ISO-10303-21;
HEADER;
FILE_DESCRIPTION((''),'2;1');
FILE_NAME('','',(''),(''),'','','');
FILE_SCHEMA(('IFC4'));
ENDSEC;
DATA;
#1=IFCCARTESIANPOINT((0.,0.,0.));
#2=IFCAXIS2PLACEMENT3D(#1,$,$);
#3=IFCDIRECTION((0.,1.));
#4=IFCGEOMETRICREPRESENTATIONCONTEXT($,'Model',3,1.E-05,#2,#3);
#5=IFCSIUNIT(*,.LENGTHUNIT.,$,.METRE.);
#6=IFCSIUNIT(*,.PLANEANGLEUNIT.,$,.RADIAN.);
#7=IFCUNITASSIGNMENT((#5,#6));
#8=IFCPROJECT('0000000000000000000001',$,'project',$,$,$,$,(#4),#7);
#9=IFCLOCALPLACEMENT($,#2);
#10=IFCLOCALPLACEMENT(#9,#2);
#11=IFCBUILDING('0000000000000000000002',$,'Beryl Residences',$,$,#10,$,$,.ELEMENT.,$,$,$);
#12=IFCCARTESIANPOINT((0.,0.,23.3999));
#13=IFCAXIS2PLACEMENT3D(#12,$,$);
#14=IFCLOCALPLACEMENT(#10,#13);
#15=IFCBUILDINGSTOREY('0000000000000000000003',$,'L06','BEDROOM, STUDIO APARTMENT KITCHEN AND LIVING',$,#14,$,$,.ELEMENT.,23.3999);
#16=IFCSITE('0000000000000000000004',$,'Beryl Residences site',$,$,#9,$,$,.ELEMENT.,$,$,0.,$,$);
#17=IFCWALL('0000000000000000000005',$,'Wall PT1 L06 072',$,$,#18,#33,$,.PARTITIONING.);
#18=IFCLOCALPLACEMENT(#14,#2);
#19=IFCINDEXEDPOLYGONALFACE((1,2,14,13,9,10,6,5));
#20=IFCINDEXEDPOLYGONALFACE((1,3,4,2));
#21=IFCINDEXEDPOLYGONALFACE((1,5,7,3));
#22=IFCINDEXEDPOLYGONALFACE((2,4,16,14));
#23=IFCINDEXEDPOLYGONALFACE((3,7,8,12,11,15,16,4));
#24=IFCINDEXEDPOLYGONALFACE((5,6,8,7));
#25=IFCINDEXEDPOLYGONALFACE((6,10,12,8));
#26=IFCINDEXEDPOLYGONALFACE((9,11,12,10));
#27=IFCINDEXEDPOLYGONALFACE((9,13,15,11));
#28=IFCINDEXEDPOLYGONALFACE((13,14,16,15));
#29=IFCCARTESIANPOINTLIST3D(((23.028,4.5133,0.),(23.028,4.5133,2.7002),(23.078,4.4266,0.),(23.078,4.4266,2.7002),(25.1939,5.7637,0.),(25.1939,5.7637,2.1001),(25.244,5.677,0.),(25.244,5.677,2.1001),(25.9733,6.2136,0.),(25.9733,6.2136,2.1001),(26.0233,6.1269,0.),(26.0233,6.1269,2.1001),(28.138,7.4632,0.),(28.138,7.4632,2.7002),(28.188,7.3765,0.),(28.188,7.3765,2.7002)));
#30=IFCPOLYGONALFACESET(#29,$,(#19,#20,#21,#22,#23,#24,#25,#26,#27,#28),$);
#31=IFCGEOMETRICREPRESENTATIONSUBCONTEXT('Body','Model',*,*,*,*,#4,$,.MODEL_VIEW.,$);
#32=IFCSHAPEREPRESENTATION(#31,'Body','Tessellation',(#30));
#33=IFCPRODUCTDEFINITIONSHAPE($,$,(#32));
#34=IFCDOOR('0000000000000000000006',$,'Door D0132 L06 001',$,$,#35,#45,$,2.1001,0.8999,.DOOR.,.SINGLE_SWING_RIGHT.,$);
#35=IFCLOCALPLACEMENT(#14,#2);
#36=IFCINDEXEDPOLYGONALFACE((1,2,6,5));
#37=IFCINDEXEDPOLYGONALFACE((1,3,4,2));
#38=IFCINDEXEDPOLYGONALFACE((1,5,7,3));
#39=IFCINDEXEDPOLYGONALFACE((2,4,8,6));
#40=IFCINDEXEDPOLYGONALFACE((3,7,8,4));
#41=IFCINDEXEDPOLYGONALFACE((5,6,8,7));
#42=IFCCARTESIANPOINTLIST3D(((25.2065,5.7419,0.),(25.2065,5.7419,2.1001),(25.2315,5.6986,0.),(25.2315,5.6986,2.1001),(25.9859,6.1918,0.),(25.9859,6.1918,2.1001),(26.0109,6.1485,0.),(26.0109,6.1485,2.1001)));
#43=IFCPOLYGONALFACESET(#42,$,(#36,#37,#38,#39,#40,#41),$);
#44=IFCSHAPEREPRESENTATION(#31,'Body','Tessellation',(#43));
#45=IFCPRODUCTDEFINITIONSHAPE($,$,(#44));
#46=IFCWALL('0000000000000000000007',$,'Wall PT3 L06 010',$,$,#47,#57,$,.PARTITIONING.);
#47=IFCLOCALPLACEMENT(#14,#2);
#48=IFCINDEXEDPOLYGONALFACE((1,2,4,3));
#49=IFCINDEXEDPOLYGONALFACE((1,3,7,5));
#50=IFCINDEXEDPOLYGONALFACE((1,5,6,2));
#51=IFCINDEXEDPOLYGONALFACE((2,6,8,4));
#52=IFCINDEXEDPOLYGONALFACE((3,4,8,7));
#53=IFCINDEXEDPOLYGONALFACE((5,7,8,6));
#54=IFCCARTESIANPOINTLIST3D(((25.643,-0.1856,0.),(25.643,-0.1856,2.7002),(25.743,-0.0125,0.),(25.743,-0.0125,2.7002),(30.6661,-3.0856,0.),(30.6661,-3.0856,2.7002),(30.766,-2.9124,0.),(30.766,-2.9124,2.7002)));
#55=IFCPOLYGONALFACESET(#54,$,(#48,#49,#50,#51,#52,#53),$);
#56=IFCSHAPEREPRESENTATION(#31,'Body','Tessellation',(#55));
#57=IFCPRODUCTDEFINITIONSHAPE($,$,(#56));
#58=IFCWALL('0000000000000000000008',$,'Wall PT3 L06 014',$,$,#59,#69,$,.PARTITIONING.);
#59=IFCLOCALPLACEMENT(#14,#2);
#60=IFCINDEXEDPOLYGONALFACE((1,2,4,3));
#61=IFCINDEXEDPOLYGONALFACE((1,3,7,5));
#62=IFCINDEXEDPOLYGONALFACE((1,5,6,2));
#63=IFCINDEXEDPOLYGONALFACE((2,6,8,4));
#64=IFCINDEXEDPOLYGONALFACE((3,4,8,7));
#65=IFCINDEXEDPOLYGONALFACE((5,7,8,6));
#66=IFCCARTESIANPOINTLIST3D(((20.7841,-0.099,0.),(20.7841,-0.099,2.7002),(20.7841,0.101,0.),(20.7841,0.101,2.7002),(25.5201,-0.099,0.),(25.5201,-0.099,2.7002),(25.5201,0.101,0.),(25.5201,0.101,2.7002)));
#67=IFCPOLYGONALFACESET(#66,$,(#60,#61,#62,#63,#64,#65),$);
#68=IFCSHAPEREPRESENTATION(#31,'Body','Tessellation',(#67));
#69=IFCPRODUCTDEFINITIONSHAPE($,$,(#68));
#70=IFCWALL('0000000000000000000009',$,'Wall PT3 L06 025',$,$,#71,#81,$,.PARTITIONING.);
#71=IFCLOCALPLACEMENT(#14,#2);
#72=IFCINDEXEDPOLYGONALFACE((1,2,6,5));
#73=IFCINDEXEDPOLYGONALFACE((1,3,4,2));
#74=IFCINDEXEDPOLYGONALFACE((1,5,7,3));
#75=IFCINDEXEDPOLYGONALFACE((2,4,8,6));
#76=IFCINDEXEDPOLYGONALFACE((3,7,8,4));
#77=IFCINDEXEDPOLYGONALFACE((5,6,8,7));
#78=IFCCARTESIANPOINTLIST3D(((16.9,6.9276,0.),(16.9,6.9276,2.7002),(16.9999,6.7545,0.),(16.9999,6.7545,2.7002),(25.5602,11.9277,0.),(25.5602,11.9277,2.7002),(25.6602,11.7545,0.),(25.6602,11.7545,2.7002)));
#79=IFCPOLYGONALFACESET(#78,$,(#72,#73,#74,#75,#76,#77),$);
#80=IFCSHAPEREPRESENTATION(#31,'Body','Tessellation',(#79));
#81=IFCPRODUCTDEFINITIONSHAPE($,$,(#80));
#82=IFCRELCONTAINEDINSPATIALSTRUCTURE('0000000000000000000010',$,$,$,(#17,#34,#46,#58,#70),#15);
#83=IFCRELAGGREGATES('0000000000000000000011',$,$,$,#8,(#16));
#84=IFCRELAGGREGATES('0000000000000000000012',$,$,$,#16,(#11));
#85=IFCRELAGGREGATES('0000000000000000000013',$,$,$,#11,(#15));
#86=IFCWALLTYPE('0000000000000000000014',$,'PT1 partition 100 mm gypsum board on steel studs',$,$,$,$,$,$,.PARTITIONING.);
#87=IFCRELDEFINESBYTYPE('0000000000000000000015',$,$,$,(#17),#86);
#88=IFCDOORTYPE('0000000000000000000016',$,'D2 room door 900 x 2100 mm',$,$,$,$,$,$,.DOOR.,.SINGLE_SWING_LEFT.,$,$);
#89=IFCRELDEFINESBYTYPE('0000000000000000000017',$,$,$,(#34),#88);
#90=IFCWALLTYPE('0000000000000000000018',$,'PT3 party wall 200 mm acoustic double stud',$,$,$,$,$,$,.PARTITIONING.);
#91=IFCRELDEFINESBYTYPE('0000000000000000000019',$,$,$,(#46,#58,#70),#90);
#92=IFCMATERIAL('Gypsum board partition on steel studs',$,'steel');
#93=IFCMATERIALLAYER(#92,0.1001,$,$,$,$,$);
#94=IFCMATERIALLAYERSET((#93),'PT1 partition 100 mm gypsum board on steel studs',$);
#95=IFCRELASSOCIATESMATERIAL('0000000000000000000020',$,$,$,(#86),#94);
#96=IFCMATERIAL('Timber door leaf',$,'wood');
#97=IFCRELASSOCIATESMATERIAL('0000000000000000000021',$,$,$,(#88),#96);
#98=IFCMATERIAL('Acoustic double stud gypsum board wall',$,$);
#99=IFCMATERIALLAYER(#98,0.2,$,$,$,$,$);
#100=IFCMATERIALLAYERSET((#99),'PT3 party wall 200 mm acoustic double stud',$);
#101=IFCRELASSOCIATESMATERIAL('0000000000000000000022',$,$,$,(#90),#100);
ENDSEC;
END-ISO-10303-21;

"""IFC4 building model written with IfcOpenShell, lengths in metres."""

from ifc_helpers import new_model, si_unit, direction, frame, frame_2d, origin, place, context, subcontext, project, spatial, rectangle, extrude, material, layer, layer_set, type_object, element, fill, save


model = new_model("IFC4")

# Units and contexts
model_context = context("Model", 3, precision=1e-05, world=origin(), true_north=direction((0.0, 1.0)))
body_context = subcontext(model_context, "Body", "Model", "MODEL_VIEW")
ifc_project = project(units=[si_unit("LENGTHUNIT", "METRE"), si_unit("PLANEANGLEUNIT", "RADIAN")], contexts=[model_context])

# Site, building, storey
site_placement = place(None, origin())
site = spatial("IfcSite", under=ifc_project, at=site_placement, Name="Beryl Residences site", CompositionType="ELEMENT", RefElevation=0.0)
building_placement = place(site_placement, origin())
building = spatial("IfcBuilding", under=site, at=building_placement, Name="Beryl Residences", CompositionType="ELEMENT")
storey_placement = place(building_placement, frame((0.0, 0.0, 23.3999)))
storey = spatial("IfcBuildingStorey", under=building, at=storey_placement, Name="L06", Description="BEDROOM, STUDIO APARTMENT KITCHEN AND LIVING", CompositionType="ELEMENT", Elevation=23.3999)

# Shared definitions
ifc_material_1 = material(Name="Gypsum board partition on steel studs", Category="steel")
ifc_layer_1 = layer(ifc_material_1, 0.1001)
ifc_layer_set_1 = layer_set([ifc_layer_1], Name="PT1 partition 100 mm gypsum board on steel studs")
wall_type_1 = type_object("IfcWallType", Name="PT1 partition 100 mm gypsum board on steel studs", PredefinedType="PARTITIONING", material=ifc_layer_set_1)
ifc_material_2 = material(Name="Timber door leaf", Category="wood")
door_type_1 = type_object("IfcDoorType", Name="D2 room door 900 x 2100 mm", OperationType="SINGLE_SWING_LEFT", PredefinedType="DOOR", material=ifc_material_2)

# Wall, opening, door
wall_1_placement = place(storey_placement, frame((23.053, 4.47, 0.0), z_axis=(0.0, 0.0, 1.0), x_axis=(0.866053, 0.499953, 0.0)))
wall_1 = element("IfcWall", 1, at=wall_1_placement, inside=storey, type_object=wall_type_1, Name="Wall PT1 L06 072", PredefinedType="PARTITIONING", context=body_context, shape_type="SweptSolid", body=[
    extrude(rectangle(XDim=5.9004, YDim=0.1001, at=frame_2d((2.9502, 0.0))), origin(), (0.0, 0.0, 1.0), 2.7002),
])
opening_1_placement = place(wall_1_placement, frame((2.501, 0.0, 0.0)))
opening_1 = element("IfcOpeningElement", 2, at=opening_1_placement, cuts=wall_1, PredefinedType="OPENING", context=body_context, shape_type="SweptSolid", body=[
    extrude(rectangle(XDim=0.8999, YDim=2.1001, at=frame_2d((0.45, 1.05))), frame((0.0, 0.0601, 0.0), z_axis=(0.0, -1.0, 0.0), x_axis=(1.0, 0.0, 0.0)), (0.0, 0.0, 1.0), 0.1201),
])
door_1_placement = place(opening_1_placement, origin())
door_1 = element("IfcDoor", 3, at=door_1_placement, inside=storey, type_object=door_type_1, Name="Door D0132 L06 001", OperationType="SINGLE_SWING_RIGHT", OverallHeight=2.1001, OverallWidth=0.8999, PredefinedType="DOOR", context=body_context, shape_type="SweptSolid", body=[
    extrude(rectangle(XDim=0.8999, YDim=2.1001, at=frame_2d((0.45, 1.05))), frame((0.0, 0.0249, 0.0), z_axis=(0.0, -1.0, 0.0), x_axis=(1.0, 0.0, 0.0)), (0.0, 0.0, 1.0), 0.05),
])
fill(opening_1, door_1)

# Walls
ifc_material_3 = material(Name="Acoustic double stud gypsum board wall")
ifc_layer_2 = layer(ifc_material_3, 0.2)
ifc_layer_set_2 = layer_set([ifc_layer_2], Name="PT3 party wall 200 mm acoustic double stud")
wall_type_2 = type_object("IfcWallType", Name="PT3 party wall 200 mm acoustic double stud", PredefinedType="PARTITIONING", material=ifc_layer_set_2)
wall_2_placement = place(storey_placement, frame((25.6931, -0.0991, 0.0), z_axis=(0.0, 0.0, 1.0), x_axis=(0.866033, -0.499987, 0.0)))
element("IfcWall", 4, at=wall_2_placement, inside=storey, type_object=wall_type_2, Name="Wall PT3 L06 010", PredefinedType="PARTITIONING", context=body_context, shape_type="SweptSolid", body=[
    extrude(rectangle(XDim=5.8, YDim=0.2, at=frame_2d((2.8999, 0.0))), origin(), (0.0, 0.0, 1.0), 2.7002),
])
wall_3_placement = place(storey_placement, frame((20.7839, 0.001, 0.0), z_axis=(0.0, 0.0, 1.0), x_axis=(1.0, 0.0, 0.0)))
element("IfcWall", 5, at=wall_3_placement, inside=storey, type_object=wall_type_2, Name="Wall PT3 L06 014", PredefinedType="PARTITIONING", context=body_context, shape_type="SweptSolid", body=[
    extrude(rectangle(XDim=4.7361, YDim=0.2, at=frame_2d((2.3682, 0.0))), origin(), (0.0, 0.0, 1.0), 2.7002),
])
wall_4_placement = place(storey_placement, frame((16.95, 6.8411, 0.0), z_axis=(0.0, 0.0, 1.0), x_axis=(0.866023, 0.500004, 0.0)))
element("IfcWall", 6, at=wall_4_placement, inside=storey, type_object=wall_type_2, Name="Wall PT3 L06 025", PredefinedType="PARTITIONING", context=body_context, shape_type="SweptSolid", body=[
    extrude(rectangle(XDim=10.0, YDim=0.2, at=frame_2d((5.0, 0.0))), origin(), (0.0, 0.0, 1.0), 2.7002),
])

save(model, "model.ifc")
